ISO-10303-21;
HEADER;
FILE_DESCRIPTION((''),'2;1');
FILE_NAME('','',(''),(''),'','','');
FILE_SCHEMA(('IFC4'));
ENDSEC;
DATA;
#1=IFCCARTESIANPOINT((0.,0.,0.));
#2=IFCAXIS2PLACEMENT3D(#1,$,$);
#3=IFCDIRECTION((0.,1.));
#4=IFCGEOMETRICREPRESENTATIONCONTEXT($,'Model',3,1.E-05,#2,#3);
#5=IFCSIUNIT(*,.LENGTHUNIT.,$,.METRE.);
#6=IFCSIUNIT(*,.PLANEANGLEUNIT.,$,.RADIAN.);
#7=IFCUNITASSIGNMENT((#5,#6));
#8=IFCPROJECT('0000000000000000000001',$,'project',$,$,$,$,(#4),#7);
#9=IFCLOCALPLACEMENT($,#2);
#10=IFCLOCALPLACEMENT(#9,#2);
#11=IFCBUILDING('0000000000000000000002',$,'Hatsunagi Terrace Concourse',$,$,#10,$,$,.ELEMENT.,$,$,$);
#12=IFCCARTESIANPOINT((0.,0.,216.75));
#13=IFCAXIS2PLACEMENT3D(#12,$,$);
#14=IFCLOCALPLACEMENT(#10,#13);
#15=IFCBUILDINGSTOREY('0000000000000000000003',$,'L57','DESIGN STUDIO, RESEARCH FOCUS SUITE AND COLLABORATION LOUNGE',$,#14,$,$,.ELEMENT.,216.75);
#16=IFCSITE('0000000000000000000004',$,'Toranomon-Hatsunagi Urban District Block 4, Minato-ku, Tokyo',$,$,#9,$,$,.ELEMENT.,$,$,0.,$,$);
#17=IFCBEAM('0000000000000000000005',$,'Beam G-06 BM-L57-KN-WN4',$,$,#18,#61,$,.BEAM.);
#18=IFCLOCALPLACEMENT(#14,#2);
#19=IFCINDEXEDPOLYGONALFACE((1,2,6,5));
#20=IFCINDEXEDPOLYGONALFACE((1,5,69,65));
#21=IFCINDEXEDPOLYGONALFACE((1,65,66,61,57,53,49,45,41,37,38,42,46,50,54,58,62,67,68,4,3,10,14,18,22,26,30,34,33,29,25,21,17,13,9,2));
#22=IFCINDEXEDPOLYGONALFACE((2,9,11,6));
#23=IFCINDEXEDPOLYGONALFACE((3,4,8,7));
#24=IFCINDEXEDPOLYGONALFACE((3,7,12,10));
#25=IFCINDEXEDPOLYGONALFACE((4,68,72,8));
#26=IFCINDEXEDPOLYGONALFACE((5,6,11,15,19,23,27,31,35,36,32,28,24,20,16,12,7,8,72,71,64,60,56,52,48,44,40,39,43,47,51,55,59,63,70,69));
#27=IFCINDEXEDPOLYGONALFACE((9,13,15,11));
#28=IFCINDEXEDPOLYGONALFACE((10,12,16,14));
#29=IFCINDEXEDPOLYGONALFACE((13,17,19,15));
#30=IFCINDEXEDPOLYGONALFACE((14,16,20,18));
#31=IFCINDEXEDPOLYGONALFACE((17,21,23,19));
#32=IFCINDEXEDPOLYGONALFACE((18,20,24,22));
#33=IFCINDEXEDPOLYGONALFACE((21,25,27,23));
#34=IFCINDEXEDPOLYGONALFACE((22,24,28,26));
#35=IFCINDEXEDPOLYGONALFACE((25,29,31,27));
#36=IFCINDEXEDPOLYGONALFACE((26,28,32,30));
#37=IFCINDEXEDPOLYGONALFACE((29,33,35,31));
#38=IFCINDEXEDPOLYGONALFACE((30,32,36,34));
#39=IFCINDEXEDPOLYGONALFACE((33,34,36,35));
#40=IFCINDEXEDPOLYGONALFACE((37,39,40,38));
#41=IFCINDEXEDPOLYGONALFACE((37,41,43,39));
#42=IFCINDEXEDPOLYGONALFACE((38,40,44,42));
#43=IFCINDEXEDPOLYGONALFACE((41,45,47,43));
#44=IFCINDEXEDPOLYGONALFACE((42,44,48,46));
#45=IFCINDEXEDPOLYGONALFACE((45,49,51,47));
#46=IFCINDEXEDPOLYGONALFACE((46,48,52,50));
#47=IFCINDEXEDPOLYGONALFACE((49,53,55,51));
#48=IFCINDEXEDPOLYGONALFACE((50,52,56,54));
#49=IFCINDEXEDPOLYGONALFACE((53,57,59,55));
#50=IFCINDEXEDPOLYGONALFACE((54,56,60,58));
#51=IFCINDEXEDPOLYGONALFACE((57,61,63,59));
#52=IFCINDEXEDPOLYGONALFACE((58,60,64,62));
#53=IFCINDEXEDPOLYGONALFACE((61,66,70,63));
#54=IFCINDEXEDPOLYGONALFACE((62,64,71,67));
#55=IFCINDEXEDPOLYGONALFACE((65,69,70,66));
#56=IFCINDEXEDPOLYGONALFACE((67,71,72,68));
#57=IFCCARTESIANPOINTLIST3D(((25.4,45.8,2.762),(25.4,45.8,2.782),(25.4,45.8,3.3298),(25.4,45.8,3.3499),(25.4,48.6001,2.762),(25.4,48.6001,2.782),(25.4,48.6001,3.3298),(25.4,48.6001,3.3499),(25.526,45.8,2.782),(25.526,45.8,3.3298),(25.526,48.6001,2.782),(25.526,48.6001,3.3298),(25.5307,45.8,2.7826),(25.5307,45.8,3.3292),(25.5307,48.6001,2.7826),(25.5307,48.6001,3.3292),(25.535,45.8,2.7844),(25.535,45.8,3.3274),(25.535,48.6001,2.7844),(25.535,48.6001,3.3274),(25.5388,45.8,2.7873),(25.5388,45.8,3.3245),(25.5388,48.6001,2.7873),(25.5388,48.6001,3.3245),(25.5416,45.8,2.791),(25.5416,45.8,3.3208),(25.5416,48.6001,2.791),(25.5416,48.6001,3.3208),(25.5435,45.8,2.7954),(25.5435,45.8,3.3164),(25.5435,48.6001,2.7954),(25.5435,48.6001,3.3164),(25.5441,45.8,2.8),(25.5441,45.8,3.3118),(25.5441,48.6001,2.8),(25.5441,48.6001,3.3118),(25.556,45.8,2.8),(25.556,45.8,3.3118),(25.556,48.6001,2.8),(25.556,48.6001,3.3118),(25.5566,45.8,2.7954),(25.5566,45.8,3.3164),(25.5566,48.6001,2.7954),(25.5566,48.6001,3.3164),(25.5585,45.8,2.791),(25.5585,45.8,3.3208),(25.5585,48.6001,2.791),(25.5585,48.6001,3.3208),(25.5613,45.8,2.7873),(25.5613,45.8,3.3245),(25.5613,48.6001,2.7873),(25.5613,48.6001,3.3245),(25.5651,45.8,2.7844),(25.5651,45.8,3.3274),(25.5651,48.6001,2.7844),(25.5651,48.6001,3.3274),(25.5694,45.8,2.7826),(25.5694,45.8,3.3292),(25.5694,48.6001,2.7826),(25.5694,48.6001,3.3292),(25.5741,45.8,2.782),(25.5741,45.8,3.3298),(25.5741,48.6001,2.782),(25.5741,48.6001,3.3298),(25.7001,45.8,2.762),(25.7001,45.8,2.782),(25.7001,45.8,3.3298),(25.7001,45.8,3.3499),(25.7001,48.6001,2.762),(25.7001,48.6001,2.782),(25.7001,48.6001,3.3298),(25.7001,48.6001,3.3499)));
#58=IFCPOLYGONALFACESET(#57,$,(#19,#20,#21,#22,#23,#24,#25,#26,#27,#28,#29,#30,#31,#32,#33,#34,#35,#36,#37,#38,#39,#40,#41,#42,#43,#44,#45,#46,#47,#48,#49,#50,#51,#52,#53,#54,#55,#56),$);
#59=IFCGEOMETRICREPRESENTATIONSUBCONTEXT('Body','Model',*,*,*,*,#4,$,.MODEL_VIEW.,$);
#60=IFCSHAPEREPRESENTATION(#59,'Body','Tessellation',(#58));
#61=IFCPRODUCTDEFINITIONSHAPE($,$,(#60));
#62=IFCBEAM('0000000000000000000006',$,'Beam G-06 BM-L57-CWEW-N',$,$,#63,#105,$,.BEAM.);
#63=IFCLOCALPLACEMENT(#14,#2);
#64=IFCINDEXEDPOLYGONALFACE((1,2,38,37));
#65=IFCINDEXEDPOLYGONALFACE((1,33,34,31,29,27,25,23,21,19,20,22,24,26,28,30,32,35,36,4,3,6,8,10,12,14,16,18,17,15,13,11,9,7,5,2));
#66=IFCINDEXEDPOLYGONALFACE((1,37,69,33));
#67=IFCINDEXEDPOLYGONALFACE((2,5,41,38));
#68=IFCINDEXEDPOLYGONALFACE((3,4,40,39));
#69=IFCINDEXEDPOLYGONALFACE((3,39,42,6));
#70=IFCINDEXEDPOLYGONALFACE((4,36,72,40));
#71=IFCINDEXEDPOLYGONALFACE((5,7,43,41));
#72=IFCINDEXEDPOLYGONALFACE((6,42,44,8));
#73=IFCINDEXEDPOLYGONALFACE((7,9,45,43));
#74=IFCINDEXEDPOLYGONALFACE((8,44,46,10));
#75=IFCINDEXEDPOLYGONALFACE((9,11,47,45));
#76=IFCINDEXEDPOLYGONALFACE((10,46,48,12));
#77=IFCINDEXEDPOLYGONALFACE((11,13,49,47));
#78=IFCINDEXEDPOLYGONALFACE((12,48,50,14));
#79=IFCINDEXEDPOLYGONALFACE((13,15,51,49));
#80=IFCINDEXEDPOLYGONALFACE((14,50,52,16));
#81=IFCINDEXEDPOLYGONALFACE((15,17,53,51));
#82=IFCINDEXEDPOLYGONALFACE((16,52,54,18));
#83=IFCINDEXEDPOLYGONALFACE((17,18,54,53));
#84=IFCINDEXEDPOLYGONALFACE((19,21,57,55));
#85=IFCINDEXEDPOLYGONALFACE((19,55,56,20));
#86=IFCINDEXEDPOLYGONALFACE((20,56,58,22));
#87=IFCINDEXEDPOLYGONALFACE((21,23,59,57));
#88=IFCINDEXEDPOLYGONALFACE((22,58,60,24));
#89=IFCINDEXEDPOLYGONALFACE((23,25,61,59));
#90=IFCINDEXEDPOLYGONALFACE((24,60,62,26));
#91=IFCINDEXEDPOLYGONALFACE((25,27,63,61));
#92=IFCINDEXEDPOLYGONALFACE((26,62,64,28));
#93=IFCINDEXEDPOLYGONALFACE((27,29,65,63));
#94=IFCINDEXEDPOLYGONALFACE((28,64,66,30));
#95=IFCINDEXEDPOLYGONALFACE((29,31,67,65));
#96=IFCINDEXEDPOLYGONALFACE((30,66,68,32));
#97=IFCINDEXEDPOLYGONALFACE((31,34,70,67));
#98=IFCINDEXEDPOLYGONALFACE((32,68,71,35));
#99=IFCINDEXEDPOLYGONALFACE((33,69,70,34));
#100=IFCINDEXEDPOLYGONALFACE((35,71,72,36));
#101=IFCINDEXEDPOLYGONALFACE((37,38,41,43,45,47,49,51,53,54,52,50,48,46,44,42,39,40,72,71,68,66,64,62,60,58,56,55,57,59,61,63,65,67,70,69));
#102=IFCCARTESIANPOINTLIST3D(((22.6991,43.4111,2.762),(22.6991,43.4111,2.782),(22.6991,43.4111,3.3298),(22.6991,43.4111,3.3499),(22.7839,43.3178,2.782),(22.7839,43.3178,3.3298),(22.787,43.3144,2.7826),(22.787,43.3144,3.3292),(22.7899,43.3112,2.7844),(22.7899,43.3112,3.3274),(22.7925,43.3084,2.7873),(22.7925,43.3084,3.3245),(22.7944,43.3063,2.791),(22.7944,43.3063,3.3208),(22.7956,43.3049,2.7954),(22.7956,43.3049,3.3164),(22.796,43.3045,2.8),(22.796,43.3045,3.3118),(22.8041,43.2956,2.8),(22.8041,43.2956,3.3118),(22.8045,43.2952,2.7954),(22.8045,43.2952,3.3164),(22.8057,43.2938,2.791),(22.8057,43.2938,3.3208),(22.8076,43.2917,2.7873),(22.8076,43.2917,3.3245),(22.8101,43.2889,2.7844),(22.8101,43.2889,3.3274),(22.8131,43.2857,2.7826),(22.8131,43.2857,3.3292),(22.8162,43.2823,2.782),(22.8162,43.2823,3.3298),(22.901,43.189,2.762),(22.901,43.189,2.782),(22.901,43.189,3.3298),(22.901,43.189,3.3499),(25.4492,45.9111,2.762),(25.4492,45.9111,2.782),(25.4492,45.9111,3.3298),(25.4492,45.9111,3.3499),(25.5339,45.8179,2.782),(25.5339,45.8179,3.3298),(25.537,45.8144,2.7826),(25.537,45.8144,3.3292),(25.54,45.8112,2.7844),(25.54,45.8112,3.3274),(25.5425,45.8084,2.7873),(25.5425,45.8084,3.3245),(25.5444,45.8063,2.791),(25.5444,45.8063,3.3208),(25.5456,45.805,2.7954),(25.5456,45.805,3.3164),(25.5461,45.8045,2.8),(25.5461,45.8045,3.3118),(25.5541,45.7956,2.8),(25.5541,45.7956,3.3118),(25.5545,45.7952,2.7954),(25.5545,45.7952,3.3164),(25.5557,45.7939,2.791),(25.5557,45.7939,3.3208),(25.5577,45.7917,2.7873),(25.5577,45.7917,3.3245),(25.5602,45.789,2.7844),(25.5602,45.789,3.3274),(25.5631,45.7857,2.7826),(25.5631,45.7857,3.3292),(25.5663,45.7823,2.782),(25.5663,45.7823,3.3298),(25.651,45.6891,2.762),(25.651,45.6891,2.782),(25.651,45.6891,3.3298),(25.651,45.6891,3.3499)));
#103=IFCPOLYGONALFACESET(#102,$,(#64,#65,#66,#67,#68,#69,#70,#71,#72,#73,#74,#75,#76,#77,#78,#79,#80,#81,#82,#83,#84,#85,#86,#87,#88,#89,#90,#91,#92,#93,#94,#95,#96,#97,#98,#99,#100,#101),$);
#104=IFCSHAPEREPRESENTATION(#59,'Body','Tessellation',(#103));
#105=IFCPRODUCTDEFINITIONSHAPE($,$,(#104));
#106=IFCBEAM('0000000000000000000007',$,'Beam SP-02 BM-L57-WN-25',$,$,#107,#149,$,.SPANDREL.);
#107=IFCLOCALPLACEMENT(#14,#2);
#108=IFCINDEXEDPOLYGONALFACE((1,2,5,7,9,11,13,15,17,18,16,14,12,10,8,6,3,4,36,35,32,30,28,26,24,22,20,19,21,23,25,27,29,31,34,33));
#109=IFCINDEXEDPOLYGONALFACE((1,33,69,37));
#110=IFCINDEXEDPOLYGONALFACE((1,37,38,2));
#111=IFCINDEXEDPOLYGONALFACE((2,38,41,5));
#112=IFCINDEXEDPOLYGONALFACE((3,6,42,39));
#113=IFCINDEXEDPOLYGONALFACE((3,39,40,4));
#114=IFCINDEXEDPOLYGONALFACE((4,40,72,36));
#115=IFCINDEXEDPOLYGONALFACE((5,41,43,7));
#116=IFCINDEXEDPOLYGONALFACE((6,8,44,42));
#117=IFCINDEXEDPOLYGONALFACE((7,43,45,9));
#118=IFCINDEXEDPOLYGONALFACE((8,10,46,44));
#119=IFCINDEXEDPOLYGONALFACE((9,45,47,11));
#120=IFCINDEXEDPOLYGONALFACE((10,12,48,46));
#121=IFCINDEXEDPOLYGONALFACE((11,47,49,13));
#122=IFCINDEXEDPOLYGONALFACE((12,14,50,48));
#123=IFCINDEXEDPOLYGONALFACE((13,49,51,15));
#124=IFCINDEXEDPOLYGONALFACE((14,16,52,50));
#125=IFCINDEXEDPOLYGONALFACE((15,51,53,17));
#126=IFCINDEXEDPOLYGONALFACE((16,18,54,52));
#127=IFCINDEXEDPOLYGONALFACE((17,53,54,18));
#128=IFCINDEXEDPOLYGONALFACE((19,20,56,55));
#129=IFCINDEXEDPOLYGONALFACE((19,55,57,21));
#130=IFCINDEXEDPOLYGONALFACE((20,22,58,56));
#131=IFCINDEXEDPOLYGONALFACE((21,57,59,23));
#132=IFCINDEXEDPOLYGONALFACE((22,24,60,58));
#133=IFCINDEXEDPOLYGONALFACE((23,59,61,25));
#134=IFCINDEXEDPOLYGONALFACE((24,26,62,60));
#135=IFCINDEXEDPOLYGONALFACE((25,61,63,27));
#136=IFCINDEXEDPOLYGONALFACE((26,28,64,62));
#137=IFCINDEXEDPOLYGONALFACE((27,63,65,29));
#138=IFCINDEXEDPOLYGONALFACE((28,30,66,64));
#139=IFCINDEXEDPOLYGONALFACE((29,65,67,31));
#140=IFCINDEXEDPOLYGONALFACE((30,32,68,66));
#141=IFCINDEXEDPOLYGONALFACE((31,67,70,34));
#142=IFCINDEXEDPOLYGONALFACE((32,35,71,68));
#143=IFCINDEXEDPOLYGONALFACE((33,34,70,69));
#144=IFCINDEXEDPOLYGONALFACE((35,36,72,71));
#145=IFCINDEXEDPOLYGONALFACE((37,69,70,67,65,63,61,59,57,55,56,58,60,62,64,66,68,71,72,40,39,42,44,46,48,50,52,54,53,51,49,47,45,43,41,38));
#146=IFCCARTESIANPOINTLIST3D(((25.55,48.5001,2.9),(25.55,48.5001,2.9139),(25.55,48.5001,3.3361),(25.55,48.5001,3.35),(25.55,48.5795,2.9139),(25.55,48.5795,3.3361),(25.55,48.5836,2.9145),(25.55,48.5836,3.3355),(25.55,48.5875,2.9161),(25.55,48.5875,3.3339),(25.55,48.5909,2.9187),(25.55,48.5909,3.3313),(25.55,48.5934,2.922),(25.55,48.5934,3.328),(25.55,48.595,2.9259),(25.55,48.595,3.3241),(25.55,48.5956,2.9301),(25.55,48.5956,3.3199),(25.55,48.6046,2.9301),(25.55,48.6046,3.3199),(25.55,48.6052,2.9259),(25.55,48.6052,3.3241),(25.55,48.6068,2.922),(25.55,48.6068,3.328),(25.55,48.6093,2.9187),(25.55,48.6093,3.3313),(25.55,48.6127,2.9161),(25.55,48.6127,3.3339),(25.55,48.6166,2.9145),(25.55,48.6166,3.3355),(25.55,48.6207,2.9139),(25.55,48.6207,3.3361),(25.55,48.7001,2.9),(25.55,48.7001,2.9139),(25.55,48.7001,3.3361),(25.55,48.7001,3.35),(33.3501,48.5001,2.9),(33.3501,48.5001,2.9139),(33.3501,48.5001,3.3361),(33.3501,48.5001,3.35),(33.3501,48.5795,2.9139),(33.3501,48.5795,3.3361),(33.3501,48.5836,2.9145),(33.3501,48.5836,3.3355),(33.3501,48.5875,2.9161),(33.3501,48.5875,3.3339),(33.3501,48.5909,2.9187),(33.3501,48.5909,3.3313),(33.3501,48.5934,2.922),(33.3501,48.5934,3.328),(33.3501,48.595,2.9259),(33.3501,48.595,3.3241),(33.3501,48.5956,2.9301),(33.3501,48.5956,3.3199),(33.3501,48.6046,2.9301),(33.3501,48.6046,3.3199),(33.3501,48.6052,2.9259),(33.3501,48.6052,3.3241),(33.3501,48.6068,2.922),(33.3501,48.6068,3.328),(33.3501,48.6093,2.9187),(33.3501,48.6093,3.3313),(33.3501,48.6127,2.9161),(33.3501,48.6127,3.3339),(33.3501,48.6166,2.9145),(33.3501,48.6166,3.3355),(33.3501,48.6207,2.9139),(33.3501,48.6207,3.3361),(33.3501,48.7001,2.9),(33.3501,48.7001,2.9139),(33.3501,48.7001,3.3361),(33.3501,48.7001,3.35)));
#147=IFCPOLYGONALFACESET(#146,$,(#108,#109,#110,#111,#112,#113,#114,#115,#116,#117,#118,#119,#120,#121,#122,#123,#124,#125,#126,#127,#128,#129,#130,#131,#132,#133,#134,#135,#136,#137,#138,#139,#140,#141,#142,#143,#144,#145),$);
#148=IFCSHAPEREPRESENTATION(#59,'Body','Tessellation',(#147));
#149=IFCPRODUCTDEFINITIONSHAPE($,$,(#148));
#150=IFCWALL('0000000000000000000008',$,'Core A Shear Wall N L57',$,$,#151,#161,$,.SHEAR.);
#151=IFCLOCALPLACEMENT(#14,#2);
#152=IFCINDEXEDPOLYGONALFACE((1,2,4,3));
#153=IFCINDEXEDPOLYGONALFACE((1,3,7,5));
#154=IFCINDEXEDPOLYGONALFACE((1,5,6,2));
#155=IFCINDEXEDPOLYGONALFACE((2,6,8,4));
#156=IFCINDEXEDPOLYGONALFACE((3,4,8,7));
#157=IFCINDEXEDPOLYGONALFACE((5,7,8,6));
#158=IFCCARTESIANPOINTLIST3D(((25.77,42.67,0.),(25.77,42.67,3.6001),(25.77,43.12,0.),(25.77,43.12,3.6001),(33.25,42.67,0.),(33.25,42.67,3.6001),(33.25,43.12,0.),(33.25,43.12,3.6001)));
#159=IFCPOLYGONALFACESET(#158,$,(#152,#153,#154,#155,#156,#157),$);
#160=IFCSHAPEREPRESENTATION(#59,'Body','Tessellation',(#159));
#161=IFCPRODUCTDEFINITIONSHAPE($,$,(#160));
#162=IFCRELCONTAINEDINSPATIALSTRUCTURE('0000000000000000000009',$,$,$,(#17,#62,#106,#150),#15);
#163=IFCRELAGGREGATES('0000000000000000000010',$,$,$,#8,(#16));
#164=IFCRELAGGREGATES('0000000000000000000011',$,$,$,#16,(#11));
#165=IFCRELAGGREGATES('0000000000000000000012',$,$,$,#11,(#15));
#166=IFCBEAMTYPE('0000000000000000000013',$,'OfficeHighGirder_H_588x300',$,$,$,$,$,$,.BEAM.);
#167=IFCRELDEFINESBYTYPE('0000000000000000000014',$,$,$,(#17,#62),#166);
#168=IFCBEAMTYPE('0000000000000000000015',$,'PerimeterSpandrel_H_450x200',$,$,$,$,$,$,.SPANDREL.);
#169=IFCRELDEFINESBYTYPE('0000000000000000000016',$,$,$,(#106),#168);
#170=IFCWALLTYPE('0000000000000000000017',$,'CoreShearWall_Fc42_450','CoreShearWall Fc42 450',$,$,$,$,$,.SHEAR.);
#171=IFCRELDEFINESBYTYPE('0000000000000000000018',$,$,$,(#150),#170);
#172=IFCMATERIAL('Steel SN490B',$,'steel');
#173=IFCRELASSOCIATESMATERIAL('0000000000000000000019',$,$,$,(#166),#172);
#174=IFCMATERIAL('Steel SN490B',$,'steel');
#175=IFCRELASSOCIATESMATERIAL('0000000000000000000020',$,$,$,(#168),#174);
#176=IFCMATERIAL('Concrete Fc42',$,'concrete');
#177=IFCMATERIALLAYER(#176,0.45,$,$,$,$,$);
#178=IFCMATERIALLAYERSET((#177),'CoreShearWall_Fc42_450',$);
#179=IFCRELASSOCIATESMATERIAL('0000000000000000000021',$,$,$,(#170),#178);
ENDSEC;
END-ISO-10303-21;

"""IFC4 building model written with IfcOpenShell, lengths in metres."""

from ifc_helpers import new_model, si_unit, direction, frame, frame_2d, origin, origin_2d, place, context, subcontext, project, spatial, rectangle, i_section, extrude, material, layer, layer_set, material_profile, profile_set, type_object, element, save


model = new_model("IFC4")

# Units and contexts
model_context = context("Model", 3, precision=1e-05, world=origin(), true_north=direction((0.0, 1.0)))
body_context = subcontext(model_context, "Body", "Model", "MODEL_VIEW")
ifc_project = project(units=[si_unit("LENGTHUNIT", "METRE"), si_unit("PLANEANGLEUNIT", "RADIAN")], contexts=[model_context])

# Site, building, storey
site_placement = place(None, origin())
site = spatial("IfcSite", under=ifc_project, at=site_placement, Name="Toranomon-Hatsunagi Urban District Block 4, Minato-ku, Tokyo", CompositionType="ELEMENT", RefElevation=0.0)
building_placement = place(site_placement, origin())
building = spatial("IfcBuilding", under=site, at=building_placement, Name="Hatsunagi Terrace Concourse", CompositionType="ELEMENT")
storey_placement = place(building_placement, frame((0.0, 0.0, 216.75)))
storey = spatial("IfcBuildingStorey", under=building, at=storey_placement, Name="L57", Description="DESIGN STUDIO, RESEARCH FOCUS SUITE AND COLLABORATION LOUNGE", CompositionType="ELEMENT", Elevation=216.75)

# Beams
ifc_material_1 = material(Name="Steel SN490B", Category="steel")
ifc_material_profile_1 = material_profile(ifc_material_1, i_section(OverallWidth=0.3, OverallDepth=0.5879, WebThickness=0.012, FlangeThickness=0.02, FilletRadius=0.0181, at=origin_2d()), Name="H-588x300x12x20")
ifc_profile_set_1 = profile_set([ifc_material_profile_1], Name="Steel SN490B")
beam_type_1 = type_object("IfcBeamType", Name="OfficeHighGirder_H_588x300", PredefinedType="BEAM", material=ifc_profile_set_1)
beam_1_placement = place(storey_placement, frame((25.55, 45.8, 3.0559), z_axis=(0.0, 1.0, 0.0), x_axis=(-1.0, 0.0, 0.0)))
element("IfcBeam", 1, at=beam_1_placement, inside=storey, type_object=beam_type_1, Name="Beam G-06 BM-L57-KN-WN4", PredefinedType="BEAM", context=body_context, shape_type="SweptSolid", body=[
    extrude(i_section(OverallWidth=0.3, OverallDepth=0.5879, WebThickness=0.012, FlangeThickness=0.02, FilletRadius=0.0181, at=origin_2d()), origin(), (0.0, 0.0, 1.0), 2.8),
])
beam_2_placement = place(storey_placement, frame((22.8, 43.3, 3.0559), z_axis=(0.73994, 0.672673, 0.0), x_axis=(-0.672673, 0.73994, 0.0)))
element("IfcBeam", 2, at=beam_2_placement, inside=storey, type_object=beam_type_1, Name="Beam G-06 BM-L57-CWEW-N", PredefinedType="BEAM", context=body_context, shape_type="SweptSolid", body=[
    extrude(i_section(OverallWidth=0.3, OverallDepth=0.5879, WebThickness=0.012, FlangeThickness=0.02, FilletRadius=0.0181, at=origin_2d()), origin(), (0.0, 0.0, 1.0), 3.7166),
])
ifc_material_2 = material(Name="Steel SN490B", Category="steel")
ifc_material_profile_2 = material_profile(ifc_material_2, i_section(OverallWidth=0.2, OverallDepth=0.45, WebThickness=0.009, FlangeThickness=0.0139, FilletRadius=0.0161, at=origin_2d()), Name="H-450x200x9x14")
ifc_profile_set_2 = profile_set([ifc_material_profile_2], Name="Steel SN490B")
beam_type_2 = type_object("IfcBeamType", Name="PerimeterSpandrel_H_450x200", PredefinedType="SPANDREL", material=ifc_profile_set_2)
beam_3_placement = place(storey_placement, frame((25.55, 48.6001, 3.125), z_axis=(1.0, 0.0, 0.0), x_axis=(0.0, 1.0, 0.0)))
element("IfcBeam", 3, at=beam_3_placement, inside=storey, type_object=beam_type_2, Name="Beam SP-02 BM-L57-WN-25", PredefinedType="SPANDREL", context=body_context, shape_type="SweptSolid", body=[
    extrude(i_section(OverallWidth=0.2, OverallDepth=0.45, WebThickness=0.009, FlangeThickness=0.0139, FilletRadius=0.0161, at=origin_2d()), origin(), (0.0, 0.0, 1.0), 7.8),
])

# Wall
ifc_material_3 = material(Name="Concrete Fc42", Category="concrete")
ifc_layer_1 = layer(ifc_material_3, 0.45)
ifc_layer_set_1 = layer_set([ifc_layer_1], Name="CoreShearWall_Fc42_450")
wall_type_1 = type_object("IfcWallType", Name="CoreShearWall_Fc42_450", Description="CoreShearWall Fc42 450", PredefinedType="SHEAR", material=ifc_layer_set_1)
wall_1_placement = place(storey_placement, frame((25.77, 42.895, 0.0), z_axis=(0.0, 0.0, 1.0), x_axis=(1.0, 0.0, 0.0)))
element("IfcWall", 4, at=wall_1_placement, inside=storey, type_object=wall_type_1, Name="Core A Shear Wall N L57", PredefinedType="SHEAR", context=body_context, shape_type="SweptSolid", body=[
    extrude(rectangle(XDim=7.48, YDim=0.45, at=frame_2d((3.74, 0.0))), origin(), (0.0, 0.0, 1.0), 3.6001),
])

save(model, "model.ifc")
